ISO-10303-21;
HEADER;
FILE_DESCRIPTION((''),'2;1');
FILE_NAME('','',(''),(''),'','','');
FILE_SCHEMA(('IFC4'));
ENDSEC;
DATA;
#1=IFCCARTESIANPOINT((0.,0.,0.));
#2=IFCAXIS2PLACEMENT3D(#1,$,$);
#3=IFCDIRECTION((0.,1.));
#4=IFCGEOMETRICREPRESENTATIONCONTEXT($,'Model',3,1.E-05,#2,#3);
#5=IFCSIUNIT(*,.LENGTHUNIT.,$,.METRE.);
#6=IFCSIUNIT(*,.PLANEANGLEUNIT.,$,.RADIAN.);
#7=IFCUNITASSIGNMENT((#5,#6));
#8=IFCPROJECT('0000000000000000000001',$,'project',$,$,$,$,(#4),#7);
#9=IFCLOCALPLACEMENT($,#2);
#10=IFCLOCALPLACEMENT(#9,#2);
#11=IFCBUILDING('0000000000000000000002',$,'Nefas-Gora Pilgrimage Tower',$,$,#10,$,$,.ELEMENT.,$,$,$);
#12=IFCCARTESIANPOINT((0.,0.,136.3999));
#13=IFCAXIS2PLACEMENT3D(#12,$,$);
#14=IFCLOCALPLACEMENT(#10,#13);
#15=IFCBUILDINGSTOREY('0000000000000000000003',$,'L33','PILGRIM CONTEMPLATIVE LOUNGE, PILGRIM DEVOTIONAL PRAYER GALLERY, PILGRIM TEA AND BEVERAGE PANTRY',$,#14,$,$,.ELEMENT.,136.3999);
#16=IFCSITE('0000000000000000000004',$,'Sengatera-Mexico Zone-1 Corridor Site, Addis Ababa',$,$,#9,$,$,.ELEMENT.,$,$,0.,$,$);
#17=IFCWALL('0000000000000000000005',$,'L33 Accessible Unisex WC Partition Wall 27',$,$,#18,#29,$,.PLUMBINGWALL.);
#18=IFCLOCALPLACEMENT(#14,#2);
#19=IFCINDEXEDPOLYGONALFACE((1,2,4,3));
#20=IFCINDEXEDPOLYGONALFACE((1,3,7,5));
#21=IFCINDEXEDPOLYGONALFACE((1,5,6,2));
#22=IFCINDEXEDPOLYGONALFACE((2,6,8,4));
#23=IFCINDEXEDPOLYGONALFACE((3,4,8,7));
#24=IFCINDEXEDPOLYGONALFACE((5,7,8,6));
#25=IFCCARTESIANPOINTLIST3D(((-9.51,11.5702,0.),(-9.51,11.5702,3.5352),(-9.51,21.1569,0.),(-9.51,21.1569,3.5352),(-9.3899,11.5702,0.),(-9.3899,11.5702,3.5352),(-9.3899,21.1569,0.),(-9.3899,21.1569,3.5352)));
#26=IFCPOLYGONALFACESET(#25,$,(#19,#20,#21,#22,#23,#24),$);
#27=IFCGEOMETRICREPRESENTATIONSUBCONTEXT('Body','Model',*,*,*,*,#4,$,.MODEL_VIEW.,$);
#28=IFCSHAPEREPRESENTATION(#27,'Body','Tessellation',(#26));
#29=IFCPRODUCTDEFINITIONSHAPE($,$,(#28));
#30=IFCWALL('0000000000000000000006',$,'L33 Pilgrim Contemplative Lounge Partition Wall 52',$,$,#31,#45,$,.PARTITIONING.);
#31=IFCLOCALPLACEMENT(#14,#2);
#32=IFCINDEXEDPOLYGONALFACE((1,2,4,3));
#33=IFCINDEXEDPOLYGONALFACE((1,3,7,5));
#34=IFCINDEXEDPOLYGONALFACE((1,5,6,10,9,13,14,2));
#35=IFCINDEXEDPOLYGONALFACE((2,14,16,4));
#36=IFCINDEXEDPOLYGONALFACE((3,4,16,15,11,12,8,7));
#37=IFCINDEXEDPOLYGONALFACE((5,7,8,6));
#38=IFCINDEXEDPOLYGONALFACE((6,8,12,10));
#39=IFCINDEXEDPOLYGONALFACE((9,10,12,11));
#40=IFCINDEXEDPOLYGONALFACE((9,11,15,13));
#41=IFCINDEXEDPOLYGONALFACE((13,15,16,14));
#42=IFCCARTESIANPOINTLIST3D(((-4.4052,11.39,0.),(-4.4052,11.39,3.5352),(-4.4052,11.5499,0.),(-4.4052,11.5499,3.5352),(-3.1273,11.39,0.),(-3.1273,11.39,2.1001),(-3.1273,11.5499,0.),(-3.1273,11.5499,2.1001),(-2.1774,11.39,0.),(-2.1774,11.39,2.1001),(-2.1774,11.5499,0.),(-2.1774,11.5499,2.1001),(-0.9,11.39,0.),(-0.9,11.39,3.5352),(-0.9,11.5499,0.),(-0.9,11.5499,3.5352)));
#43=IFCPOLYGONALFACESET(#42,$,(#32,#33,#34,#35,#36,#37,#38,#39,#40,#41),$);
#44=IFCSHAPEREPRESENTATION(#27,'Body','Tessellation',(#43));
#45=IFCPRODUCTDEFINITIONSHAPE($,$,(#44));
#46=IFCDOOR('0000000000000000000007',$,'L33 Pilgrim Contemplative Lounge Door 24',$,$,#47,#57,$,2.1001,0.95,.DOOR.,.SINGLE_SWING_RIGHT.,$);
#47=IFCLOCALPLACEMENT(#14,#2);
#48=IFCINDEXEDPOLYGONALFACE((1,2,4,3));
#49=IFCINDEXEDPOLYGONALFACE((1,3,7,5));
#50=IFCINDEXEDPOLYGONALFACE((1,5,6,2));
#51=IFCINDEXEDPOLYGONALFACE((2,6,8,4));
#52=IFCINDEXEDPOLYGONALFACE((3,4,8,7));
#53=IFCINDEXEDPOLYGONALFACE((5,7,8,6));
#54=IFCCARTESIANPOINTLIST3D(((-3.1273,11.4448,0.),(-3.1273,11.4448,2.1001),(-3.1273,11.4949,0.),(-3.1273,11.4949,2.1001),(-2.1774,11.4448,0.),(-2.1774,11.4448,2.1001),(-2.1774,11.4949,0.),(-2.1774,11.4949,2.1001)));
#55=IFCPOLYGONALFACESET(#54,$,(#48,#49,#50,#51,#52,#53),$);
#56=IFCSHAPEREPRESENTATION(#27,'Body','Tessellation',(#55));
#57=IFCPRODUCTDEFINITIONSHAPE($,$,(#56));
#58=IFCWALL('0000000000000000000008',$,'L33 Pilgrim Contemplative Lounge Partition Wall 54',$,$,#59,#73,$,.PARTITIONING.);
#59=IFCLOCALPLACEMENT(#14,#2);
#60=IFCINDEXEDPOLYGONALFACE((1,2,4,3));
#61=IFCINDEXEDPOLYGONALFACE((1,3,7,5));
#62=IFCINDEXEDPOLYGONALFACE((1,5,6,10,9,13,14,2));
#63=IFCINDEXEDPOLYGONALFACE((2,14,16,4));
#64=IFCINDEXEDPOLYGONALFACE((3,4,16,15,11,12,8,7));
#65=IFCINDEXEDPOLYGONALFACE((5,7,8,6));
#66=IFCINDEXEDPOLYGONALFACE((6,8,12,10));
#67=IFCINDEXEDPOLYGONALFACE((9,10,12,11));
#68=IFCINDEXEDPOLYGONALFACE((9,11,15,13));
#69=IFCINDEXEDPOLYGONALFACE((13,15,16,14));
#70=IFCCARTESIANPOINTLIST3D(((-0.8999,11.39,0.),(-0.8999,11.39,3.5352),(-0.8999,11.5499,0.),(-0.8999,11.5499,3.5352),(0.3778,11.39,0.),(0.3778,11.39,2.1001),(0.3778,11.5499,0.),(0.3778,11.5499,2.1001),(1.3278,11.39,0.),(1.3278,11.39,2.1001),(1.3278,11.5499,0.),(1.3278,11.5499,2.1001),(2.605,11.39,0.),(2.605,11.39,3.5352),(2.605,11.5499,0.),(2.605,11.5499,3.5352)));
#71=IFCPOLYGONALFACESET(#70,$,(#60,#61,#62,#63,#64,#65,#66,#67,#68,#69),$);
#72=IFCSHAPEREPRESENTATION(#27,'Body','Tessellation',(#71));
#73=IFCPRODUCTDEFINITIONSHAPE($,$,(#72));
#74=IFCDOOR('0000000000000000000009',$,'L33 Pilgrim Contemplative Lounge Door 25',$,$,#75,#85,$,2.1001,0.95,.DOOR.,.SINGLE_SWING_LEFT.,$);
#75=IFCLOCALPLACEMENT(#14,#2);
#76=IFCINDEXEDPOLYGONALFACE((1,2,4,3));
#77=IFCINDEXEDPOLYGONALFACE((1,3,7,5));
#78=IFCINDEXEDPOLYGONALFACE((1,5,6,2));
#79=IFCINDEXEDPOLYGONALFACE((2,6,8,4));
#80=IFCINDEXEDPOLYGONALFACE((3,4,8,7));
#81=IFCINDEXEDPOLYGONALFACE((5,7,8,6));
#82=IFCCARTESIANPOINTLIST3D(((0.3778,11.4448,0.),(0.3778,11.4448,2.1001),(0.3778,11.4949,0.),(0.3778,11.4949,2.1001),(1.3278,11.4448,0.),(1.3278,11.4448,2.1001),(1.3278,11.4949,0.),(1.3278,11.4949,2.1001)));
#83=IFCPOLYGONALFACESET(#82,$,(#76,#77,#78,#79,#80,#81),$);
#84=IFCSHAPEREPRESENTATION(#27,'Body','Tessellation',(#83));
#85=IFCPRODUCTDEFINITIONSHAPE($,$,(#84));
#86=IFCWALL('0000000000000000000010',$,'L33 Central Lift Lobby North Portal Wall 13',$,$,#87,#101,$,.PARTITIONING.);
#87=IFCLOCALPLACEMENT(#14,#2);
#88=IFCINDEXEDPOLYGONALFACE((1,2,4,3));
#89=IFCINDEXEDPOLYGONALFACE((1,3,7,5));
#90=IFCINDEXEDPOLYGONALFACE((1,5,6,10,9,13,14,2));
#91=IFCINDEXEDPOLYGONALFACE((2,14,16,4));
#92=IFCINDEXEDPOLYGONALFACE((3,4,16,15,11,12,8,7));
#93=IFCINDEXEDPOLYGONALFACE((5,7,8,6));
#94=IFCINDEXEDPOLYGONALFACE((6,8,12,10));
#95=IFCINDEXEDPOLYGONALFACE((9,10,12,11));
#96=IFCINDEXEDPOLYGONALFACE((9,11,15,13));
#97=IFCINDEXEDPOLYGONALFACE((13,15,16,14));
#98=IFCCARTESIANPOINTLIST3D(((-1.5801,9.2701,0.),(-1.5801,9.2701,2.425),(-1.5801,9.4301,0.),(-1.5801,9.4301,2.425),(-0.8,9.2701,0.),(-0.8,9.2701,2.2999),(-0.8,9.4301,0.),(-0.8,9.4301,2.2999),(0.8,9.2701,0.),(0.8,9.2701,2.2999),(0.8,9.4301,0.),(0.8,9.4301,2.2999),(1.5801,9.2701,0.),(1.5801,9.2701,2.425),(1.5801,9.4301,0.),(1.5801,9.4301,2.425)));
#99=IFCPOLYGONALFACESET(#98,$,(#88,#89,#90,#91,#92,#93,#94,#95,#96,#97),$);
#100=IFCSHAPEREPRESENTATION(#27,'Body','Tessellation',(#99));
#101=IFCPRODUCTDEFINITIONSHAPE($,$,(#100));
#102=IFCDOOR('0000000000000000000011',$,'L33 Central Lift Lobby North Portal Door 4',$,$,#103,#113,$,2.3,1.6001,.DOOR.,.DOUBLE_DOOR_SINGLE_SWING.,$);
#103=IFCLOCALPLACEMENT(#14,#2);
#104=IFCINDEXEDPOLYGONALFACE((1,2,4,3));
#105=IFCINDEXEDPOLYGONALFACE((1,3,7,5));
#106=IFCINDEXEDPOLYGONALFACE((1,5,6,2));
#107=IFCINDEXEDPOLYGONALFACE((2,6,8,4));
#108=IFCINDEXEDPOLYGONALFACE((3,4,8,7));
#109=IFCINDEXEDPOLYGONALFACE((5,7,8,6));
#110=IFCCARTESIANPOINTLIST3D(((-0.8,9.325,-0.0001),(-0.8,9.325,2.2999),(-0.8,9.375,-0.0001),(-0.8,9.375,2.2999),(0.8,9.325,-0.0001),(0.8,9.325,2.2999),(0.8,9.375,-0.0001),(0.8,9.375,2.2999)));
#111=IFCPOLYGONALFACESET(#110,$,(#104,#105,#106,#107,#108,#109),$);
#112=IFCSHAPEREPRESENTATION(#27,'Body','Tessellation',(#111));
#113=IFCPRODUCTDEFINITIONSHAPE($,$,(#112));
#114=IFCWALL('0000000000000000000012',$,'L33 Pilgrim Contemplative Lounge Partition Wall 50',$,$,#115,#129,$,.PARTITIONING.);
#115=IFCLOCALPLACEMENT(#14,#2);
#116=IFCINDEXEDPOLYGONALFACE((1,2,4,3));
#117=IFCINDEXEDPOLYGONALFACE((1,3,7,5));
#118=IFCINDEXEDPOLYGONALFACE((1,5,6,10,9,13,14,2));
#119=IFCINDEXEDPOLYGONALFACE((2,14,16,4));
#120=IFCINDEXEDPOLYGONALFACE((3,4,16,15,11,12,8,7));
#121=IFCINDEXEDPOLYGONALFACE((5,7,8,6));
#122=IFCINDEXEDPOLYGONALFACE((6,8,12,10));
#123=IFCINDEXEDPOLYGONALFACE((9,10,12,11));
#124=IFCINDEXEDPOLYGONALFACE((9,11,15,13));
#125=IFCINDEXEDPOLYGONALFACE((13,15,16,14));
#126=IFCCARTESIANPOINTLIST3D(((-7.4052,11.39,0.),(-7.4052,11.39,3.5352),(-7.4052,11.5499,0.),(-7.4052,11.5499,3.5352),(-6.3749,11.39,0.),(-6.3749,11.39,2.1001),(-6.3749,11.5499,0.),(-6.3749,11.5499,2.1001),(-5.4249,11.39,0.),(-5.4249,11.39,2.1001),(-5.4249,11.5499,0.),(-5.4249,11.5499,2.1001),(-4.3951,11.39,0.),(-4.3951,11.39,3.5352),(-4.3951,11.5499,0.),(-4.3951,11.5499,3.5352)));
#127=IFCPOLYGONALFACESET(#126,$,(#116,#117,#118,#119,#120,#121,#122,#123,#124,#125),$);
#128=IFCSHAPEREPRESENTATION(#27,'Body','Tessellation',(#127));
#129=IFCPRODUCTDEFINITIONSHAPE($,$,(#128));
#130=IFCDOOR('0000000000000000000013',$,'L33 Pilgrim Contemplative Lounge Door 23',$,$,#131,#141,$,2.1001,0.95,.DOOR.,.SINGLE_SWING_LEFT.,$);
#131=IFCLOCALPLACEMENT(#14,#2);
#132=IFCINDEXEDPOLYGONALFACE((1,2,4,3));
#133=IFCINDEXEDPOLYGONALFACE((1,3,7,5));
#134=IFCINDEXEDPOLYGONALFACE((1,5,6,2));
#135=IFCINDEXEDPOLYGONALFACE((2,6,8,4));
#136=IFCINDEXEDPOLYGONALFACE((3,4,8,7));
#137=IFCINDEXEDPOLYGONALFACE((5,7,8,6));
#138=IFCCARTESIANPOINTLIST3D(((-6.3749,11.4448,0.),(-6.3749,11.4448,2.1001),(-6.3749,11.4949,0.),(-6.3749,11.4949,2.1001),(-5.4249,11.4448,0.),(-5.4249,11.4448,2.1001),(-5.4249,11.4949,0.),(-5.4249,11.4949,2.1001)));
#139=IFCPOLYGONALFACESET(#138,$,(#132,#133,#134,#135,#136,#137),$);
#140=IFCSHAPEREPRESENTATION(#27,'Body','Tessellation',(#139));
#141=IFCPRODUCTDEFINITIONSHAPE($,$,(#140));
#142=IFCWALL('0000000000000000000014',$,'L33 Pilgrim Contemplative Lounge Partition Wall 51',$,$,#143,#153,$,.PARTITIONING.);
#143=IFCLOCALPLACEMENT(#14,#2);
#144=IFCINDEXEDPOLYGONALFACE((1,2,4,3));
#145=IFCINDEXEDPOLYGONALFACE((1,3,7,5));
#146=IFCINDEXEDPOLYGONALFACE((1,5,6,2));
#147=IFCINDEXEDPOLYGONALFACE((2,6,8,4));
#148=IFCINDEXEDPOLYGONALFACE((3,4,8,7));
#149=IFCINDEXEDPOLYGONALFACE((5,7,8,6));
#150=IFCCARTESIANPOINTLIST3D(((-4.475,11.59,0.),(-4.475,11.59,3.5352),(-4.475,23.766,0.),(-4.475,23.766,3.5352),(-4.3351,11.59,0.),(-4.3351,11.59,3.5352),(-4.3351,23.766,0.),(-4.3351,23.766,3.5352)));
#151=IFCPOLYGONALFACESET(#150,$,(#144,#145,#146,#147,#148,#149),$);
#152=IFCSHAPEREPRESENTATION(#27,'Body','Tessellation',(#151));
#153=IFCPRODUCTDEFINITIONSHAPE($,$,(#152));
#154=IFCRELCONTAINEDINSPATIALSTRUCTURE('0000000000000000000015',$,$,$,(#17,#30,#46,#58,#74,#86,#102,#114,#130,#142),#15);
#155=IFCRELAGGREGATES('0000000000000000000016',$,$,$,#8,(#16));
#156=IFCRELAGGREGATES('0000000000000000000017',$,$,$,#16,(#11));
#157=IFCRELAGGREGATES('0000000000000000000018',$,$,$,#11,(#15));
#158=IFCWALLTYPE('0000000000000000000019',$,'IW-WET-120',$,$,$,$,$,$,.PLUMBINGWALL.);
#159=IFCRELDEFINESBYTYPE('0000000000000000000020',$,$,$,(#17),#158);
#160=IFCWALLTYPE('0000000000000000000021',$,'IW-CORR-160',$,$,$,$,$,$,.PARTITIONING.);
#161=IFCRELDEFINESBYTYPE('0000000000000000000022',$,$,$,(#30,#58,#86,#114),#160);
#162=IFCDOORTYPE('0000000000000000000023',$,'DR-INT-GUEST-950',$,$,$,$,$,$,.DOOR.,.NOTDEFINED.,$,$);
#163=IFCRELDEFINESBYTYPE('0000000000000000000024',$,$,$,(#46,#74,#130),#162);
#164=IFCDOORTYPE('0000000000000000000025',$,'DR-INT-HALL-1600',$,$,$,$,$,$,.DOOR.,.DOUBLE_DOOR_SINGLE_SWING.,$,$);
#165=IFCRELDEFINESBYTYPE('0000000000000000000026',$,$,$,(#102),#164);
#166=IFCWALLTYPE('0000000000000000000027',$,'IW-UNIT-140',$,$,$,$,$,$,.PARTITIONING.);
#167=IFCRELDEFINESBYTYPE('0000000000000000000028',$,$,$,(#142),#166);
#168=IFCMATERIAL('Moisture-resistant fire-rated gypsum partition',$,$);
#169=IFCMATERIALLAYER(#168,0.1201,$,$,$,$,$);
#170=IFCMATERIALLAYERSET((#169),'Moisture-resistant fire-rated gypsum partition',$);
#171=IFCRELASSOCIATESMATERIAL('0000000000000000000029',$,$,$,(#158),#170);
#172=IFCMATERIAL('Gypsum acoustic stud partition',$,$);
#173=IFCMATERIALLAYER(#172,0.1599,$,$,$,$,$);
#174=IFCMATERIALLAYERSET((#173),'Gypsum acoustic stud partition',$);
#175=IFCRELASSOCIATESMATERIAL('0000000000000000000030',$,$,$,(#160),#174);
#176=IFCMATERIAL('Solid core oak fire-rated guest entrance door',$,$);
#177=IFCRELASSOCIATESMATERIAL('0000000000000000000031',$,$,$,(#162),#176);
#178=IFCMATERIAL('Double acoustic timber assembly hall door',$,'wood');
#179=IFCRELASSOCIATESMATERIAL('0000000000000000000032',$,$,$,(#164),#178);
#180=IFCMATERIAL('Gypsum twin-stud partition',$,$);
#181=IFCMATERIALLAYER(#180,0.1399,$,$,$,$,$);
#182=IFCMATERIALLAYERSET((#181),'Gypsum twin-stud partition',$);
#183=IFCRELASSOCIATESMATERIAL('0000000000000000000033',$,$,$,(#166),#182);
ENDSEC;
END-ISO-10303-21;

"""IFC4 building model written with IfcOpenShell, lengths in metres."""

from ifc_helpers import new_model, si_unit, direction, frame, frame_2d, origin, place, context, subcontext, project, spatial, rectangle, extrude, source, transform, mapped, material, layer, layer_set, type_object, element, fill, save


model = new_model("IFC4")

# Units and contexts
model_context = context("Model", 3, precision=1e-05, world=origin(), true_north=direction((0.0, 1.0)))
body_context = subcontext(model_context, "Body", "Model", "MODEL_VIEW")
ifc_project = project(units=[si_unit("LENGTHUNIT", "METRE"), si_unit("PLANEANGLEUNIT", "RADIAN")], contexts=[model_context])

# Site, building, storey
site_placement = place(None, origin())
site = spatial("IfcSite", under=ifc_project, at=site_placement, Name="Sengatera-Mexico Zone-1 Corridor Site, Addis Ababa", CompositionType="ELEMENT", RefElevation=0.0)
building_placement = place(site_placement, origin())
building = spatial("IfcBuilding", under=site, at=building_placement, Name="Nefas-Gora Pilgrimage Tower", CompositionType="ELEMENT")
storey_placement = place(building_placement, frame((0.0, 0.0, 136.3999)))
storey = spatial("IfcBuildingStorey", under=building, at=storey_placement, Name="L33", Description="PILGRIM CONTEMPLATIVE LOUNGE, PILGRIM DEVOTIONAL PRAYER GALLERY, PILGRIM TEA AND BEVERAGE PANTRY", CompositionType="ELEMENT", Elevation=136.3999)

# Shared definitions
ifc_material_1 = material(Name="Moisture-resistant fire-rated gypsum partition")
ifc_layer_1 = layer(ifc_material_1, 0.1201)
ifc_layer_set_1 = layer_set([ifc_layer_1], Name="Moisture-resistant fire-rated gypsum partition")
wall_type_1 = type_object("IfcWallType", Name="IW-WET-120", PredefinedType="PLUMBINGWALL", material=ifc_layer_set_1)

# Wall
shared_shape_1 = source(origin(), body_context, "Body", "SweptSolid", [
    extrude(rectangle(XDim=9.5867, YDim=0.1201, at=frame_2d((4.7935, 0.0))), origin(), (0.0, 0.0, 1.0), 3.5352),
])
wall_1_placement = place(storey_placement, frame((-9.45, 11.5701, 0.0), z_axis=(0.0, 0.0, 1.0), x_axis=(0.0, 1.0, 0.0)))
element("IfcWall", 1, at=wall_1_placement, inside=storey, type_object=wall_type_1, Name="L33 Accessible Unisex WC Partition Wall 27", PredefinedType="PLUMBINGWALL", context=body_context, shape_type="MappedRepresentation", body=[
    mapped(shared_shape_1, transform((0.0, 0.0, 0.0), x_axis=(1.0, 0.0, 0.0), y_axis=(0.0, 1.0, 0.0), z_axis=(0.0, 0.0, 1.0), scale=1.0)),
])

# Walls, openings, doors
ifc_material_2 = material(Name="Gypsum acoustic stud partition")
ifc_layer_2 = layer(ifc_material_2, 0.1599)
ifc_layer_set_2 = layer_set([ifc_layer_2], Name="Gypsum acoustic stud partition")
wall_type_2 = type_object("IfcWallType", Name="IW-CORR-160", PredefinedType="PARTITIONING", material=ifc_layer_set_2)
shared_shape_2 = source(origin(), body_context, "Body", "SweptSolid", [
    extrude(rectangle(XDim=3.5051, YDim=0.1599, at=frame_2d((1.7524, 0.0))), origin(), (0.0, 0.0, 1.0), 3.5352),
])
wall_2_placement = place(storey_placement, frame((-4.405, 11.47, 0.0), z_axis=(0.0, 0.0, 1.0), x_axis=(1.0, 0.0, 0.0)))
wall_2 = element("IfcWall", 2, at=wall_2_placement, inside=storey, type_object=wall_type_2, Name="L33 Pilgrim Contemplative Lounge Partition Wall 52", PredefinedType="PARTITIONING", context=body_context, shape_type="MappedRepresentation", body=[
    mapped(shared_shape_2, transform((0.0, 0.0, 0.0), x_axis=(1.0, 0.0, 0.0), y_axis=(0.0, 1.0, 0.0), z_axis=(0.0, 0.0, 1.0), scale=1.0)),
])
opening_1_placement = place(wall_2_placement, frame((1.2776, 0.0, 0.0)))
opening_1 = element("IfcOpeningElement", 3, at=opening_1_placement, cuts=wall_2, PredefinedType="OPENING", context=body_context, shape_type="SweptSolid", body=[
    extrude(rectangle(XDim=0.95, YDim=2.1001, at=frame_2d((0.4751, 1.05))), frame((0.0, 0.0898, 0.0), z_axis=(0.0, -1.0, 0.0), x_axis=(1.0, 0.0, 0.0)), (0.0, 0.0, 1.0), 0.1799),
])
ifc_material_3 = material(Name="Solid core oak fire-rated guest entrance door")
door_type_1 = type_object("IfcDoorType", Name="DR-INT-GUEST-950", OperationType="NOTDEFINED", PredefinedType="DOOR", material=ifc_material_3)
shared_shape_3 = source(origin(), body_context, "Body", "SweptSolid", [
    extrude(rectangle(XDim=0.95, YDim=2.1001, at=frame_2d((0.4751, 1.05))), frame((0.0, 0.0249, 0.0), z_axis=(0.0, -1.0, 0.0), x_axis=(1.0, 0.0, 0.0)), (0.0, 0.0, 1.0), 0.05),
])
door_1_placement = place(opening_1_placement, origin())
door_1 = element("IfcDoor", 4, at=door_1_placement, inside=storey, type_object=door_type_1, Name="L33 Pilgrim Contemplative Lounge Door 24", OperationType="SINGLE_SWING_RIGHT", OverallHeight=2.1001, OverallWidth=0.95, PredefinedType="DOOR", context=body_context, shape_type="MappedRepresentation", body=[
    mapped(shared_shape_3, transform((0.0, 0.0, 0.0), x_axis=(1.0, 0.0, 0.0), y_axis=(0.0, 1.0, 0.0), z_axis=(0.0, 0.0, 1.0), scale=1.0)),
])
fill(opening_1, door_1)
shared_shape_4 = source(origin(), body_context, "Body", "SweptSolid", [
    extrude(rectangle(XDim=3.5049, YDim=0.1599, at=frame_2d((1.7524, 0.0))), origin(), (0.0, 0.0, 1.0), 3.5352),
])
wall_3_placement = place(storey_placement, frame((-0.8999, 11.47, 0.0), z_axis=(0.0, 0.0, 1.0), x_axis=(1.0, 0.0, 0.0)))
wall_3 = element("IfcWall", 5, at=wall_3_placement, inside=storey, type_object=wall_type_2, Name="L33 Pilgrim Contemplative Lounge Partition Wall 54", PredefinedType="PARTITIONING", context=body_context, shape_type="MappedRepresentation", body=[
    mapped(shared_shape_4, transform((0.0, 0.0, 0.0), x_axis=(1.0, 0.0, 0.0), y_axis=(0.0, 1.0, 0.0), z_axis=(0.0, 0.0, 1.0), scale=1.0)),
])
opening_2_placement = place(wall_3_placement, frame((1.2776, 0.0, 0.0)))
opening_2 = element("IfcOpeningElement", 6, at=opening_2_placement, cuts=wall_3, PredefinedType="OPENING", context=body_context, shape_type="SweptSolid", body=[
    extrude(rectangle(XDim=0.95, YDim=2.1001, at=frame_2d((0.4751, 1.05))), frame((0.0, 0.0898, 0.0), z_axis=(0.0, -1.0, 0.0), x_axis=(1.0, 0.0, 0.0)), (0.0, 0.0, 1.0), 0.1799),
])
door_2_placement = place(opening_2_placement, origin())
door_2 = element("IfcDoor", 7, at=door_2_placement, inside=storey, type_object=door_type_1, Name="L33 Pilgrim Contemplative Lounge Door 25", OperationType="SINGLE_SWING_LEFT", OverallHeight=2.1001, OverallWidth=0.95, PredefinedType="DOOR", context=body_context, shape_type="MappedRepresentation", body=[
    mapped(shared_shape_3, transform((0.0, 0.0, 0.0), x_axis=(1.0, 0.0, 0.0), y_axis=(0.0, 1.0, 0.0), z_axis=(0.0, 0.0, 1.0), scale=1.0)),
])
fill(opening_2, door_2)
shared_shape_5 = source(origin(), body_context, "Body", "SweptSolid", [
    extrude(rectangle(XDim=3.1602, YDim=0.1599, at=frame_2d((1.5801, 0.0))), origin(), (0.0, 0.0, 1.0), 2.425),
])
wall_4_placement = place(storey_placement, frame((-1.5801, 9.3501, 0.0), z_axis=(0.0, 0.0, 1.0), x_axis=(1.0, 0.0, 0.0)))
wall_4 = element("IfcWall", 8, at=wall_4_placement, inside=storey, type_object=wall_type_2, Name="L33 Central Lift Lobby North Portal Wall 13", PredefinedType="PARTITIONING", context=body_context, shape_type="MappedRepresentation", body=[
    mapped(shared_shape_5, transform((0.0, 0.0, 0.0), x_axis=(1.0, 0.0, 0.0), y_axis=(0.0, 1.0, 0.0), z_axis=(0.0, 0.0, 1.0), scale=1.0)),
])
opening_3_placement = place(wall_4_placement, frame((0.78, 0.0, 0.0)))
opening_3 = element("IfcOpeningElement", 9, at=opening_3_placement, cuts=wall_4, PredefinedType="OPENING", context=body_context, shape_type="SweptSolid", body=[
    extrude(rectangle(XDim=1.6001, YDim=2.3, at=frame_2d((0.8, 1.1499))), frame((0.0, 0.0898, 0.0), z_axis=(0.0, -1.0, 0.0), x_axis=(1.0, 0.0, 0.0)), (0.0, 0.0, 1.0), 0.1799),
])
ifc_material_4 = material(Name="Double acoustic timber assembly hall door", Category="wood")
door_type_2 = type_object("IfcDoorType", Name="DR-INT-HALL-1600", OperationType="DOUBLE_DOOR_SINGLE_SWING", PredefinedType="DOOR", material=ifc_material_4)
shared_shape_6 = source(origin(), body_context, "Body", "SweptSolid", [
    extrude(rectangle(XDim=1.6001, YDim=2.3, at=frame_2d((0.8, 1.1499))), frame((0.0, 0.0249, 0.0), z_axis=(0.0, -1.0, 0.0), x_axis=(1.0, 0.0, 0.0)), (0.0, 0.0, 1.0), 0.05),
])
door_3_placement = place(opening_3_placement, origin())
door_3 = element("IfcDoor", 10, at=door_3_placement, inside=storey, type_object=door_type_2, Name="L33 Central Lift Lobby North Portal Door 4", OperationType="DOUBLE_DOOR_SINGLE_SWING", OverallHeight=2.3, OverallWidth=1.6001, PredefinedType="DOOR", context=body_context, shape_type="MappedRepresentation", body=[
    mapped(shared_shape_6, transform((0.0, 0.0, 0.0), x_axis=(1.0, 0.0, 0.0), y_axis=(0.0, 1.0, 0.0), z_axis=(0.0, 0.0, 1.0), scale=1.0)),
])
fill(opening_3, door_3)
shared_shape_7 = source(origin(), body_context, "Body", "SweptSolid", [
    extrude(rectangle(XDim=3.01, YDim=0.1599, at=frame_2d((1.5049, 0.0))), origin(), (0.0, 0.0, 1.0), 3.5352),
])
wall_5_placement = place(storey_placement, frame((-7.405, 11.47, 0.0), z_axis=(0.0, 0.0, 1.0), x_axis=(1.0, 0.0, 0.0)))
wall_5 = element("IfcWall", 11, at=wall_5_placement, inside=storey, type_object=wall_type_2, Name="L33 Pilgrim Contemplative Lounge Partition Wall 50", PredefinedType="PARTITIONING", context=body_context, shape_type="MappedRepresentation", body=[
    mapped(shared_shape_7, transform((0.0, 0.0, 0.0), x_axis=(1.0, 0.0, 0.0), y_axis=(0.0, 1.0, 0.0), z_axis=(0.0, 0.0, 1.0), scale=1.0)),
])
opening_4_placement = place(wall_5_placement, frame((1.03, 0.0, 0.0)))
opening_4 = element("IfcOpeningElement", 12, at=opening_4_placement, cuts=wall_5, PredefinedType="OPENING", context=body_context, shape_type="SweptSolid", body=[
    extrude(rectangle(XDim=0.95, YDim=2.1001, at=frame_2d((0.4751, 1.05))), frame((0.0, 0.0898, 0.0), z_axis=(0.0, -1.0, 0.0), x_axis=(1.0, 0.0, 0.0)), (0.0, 0.0, 1.0), 0.1799),
])
door_4_placement = place(opening_4_placement, origin())
door_4 = element("IfcDoor", 13, at=door_4_placement, inside=storey, type_object=door_type_1, Name="L33 Pilgrim Contemplative Lounge Door 23", OperationType="SINGLE_SWING_LEFT", OverallHeight=2.1001, OverallWidth=0.95, PredefinedType="DOOR", context=body_context, shape_type="MappedRepresentation", body=[
    mapped(shared_shape_3, transform((0.0, 0.0, 0.0), x_axis=(1.0, 0.0, 0.0), y_axis=(0.0, 1.0, 0.0), z_axis=(0.0, 0.0, 1.0), scale=1.0)),
])
fill(opening_4, door_4)

# Wall
ifc_material_5 = material(Name="Gypsum twin-stud partition")
ifc_layer_3 = layer(ifc_material_5, 0.1399)
ifc_layer_set_3 = layer_set([ifc_layer_3], Name="Gypsum twin-stud partition")
wall_type_3 = type_object("IfcWallType", Name="IW-UNIT-140", PredefinedType="PARTITIONING", material=ifc_layer_set_3)
shared_shape_8 = source(origin(), body_context, "Body", "SweptSolid", [
    extrude(rectangle(XDim=12.176, YDim=0.1399, at=frame_2d((6.0879, 0.0))), origin(), (0.0, 0.0, 1.0), 3.5352),
])
wall_6_placement = place(storey_placement, frame((-4.405, 11.5901, 0.0), z_axis=(0.0, 0.0, 1.0), x_axis=(0.0, 1.0, 0.0)))
element("IfcWall", 14, at=wall_6_placement, inside=storey, type_object=wall_type_3, Name="L33 Pilgrim Contemplative Lounge Partition Wall 51", PredefinedType="PARTITIONING", context=body_context, shape_type="MappedRepresentation", body=[
    mapped(shared_shape_8, transform((0.0, 0.0, 0.0), x_axis=(1.0, 0.0, 0.0), y_axis=(0.0, 1.0, 0.0), z_axis=(0.0, 0.0, 1.0), scale=1.0)),
])

save(model, "model.ifc")
